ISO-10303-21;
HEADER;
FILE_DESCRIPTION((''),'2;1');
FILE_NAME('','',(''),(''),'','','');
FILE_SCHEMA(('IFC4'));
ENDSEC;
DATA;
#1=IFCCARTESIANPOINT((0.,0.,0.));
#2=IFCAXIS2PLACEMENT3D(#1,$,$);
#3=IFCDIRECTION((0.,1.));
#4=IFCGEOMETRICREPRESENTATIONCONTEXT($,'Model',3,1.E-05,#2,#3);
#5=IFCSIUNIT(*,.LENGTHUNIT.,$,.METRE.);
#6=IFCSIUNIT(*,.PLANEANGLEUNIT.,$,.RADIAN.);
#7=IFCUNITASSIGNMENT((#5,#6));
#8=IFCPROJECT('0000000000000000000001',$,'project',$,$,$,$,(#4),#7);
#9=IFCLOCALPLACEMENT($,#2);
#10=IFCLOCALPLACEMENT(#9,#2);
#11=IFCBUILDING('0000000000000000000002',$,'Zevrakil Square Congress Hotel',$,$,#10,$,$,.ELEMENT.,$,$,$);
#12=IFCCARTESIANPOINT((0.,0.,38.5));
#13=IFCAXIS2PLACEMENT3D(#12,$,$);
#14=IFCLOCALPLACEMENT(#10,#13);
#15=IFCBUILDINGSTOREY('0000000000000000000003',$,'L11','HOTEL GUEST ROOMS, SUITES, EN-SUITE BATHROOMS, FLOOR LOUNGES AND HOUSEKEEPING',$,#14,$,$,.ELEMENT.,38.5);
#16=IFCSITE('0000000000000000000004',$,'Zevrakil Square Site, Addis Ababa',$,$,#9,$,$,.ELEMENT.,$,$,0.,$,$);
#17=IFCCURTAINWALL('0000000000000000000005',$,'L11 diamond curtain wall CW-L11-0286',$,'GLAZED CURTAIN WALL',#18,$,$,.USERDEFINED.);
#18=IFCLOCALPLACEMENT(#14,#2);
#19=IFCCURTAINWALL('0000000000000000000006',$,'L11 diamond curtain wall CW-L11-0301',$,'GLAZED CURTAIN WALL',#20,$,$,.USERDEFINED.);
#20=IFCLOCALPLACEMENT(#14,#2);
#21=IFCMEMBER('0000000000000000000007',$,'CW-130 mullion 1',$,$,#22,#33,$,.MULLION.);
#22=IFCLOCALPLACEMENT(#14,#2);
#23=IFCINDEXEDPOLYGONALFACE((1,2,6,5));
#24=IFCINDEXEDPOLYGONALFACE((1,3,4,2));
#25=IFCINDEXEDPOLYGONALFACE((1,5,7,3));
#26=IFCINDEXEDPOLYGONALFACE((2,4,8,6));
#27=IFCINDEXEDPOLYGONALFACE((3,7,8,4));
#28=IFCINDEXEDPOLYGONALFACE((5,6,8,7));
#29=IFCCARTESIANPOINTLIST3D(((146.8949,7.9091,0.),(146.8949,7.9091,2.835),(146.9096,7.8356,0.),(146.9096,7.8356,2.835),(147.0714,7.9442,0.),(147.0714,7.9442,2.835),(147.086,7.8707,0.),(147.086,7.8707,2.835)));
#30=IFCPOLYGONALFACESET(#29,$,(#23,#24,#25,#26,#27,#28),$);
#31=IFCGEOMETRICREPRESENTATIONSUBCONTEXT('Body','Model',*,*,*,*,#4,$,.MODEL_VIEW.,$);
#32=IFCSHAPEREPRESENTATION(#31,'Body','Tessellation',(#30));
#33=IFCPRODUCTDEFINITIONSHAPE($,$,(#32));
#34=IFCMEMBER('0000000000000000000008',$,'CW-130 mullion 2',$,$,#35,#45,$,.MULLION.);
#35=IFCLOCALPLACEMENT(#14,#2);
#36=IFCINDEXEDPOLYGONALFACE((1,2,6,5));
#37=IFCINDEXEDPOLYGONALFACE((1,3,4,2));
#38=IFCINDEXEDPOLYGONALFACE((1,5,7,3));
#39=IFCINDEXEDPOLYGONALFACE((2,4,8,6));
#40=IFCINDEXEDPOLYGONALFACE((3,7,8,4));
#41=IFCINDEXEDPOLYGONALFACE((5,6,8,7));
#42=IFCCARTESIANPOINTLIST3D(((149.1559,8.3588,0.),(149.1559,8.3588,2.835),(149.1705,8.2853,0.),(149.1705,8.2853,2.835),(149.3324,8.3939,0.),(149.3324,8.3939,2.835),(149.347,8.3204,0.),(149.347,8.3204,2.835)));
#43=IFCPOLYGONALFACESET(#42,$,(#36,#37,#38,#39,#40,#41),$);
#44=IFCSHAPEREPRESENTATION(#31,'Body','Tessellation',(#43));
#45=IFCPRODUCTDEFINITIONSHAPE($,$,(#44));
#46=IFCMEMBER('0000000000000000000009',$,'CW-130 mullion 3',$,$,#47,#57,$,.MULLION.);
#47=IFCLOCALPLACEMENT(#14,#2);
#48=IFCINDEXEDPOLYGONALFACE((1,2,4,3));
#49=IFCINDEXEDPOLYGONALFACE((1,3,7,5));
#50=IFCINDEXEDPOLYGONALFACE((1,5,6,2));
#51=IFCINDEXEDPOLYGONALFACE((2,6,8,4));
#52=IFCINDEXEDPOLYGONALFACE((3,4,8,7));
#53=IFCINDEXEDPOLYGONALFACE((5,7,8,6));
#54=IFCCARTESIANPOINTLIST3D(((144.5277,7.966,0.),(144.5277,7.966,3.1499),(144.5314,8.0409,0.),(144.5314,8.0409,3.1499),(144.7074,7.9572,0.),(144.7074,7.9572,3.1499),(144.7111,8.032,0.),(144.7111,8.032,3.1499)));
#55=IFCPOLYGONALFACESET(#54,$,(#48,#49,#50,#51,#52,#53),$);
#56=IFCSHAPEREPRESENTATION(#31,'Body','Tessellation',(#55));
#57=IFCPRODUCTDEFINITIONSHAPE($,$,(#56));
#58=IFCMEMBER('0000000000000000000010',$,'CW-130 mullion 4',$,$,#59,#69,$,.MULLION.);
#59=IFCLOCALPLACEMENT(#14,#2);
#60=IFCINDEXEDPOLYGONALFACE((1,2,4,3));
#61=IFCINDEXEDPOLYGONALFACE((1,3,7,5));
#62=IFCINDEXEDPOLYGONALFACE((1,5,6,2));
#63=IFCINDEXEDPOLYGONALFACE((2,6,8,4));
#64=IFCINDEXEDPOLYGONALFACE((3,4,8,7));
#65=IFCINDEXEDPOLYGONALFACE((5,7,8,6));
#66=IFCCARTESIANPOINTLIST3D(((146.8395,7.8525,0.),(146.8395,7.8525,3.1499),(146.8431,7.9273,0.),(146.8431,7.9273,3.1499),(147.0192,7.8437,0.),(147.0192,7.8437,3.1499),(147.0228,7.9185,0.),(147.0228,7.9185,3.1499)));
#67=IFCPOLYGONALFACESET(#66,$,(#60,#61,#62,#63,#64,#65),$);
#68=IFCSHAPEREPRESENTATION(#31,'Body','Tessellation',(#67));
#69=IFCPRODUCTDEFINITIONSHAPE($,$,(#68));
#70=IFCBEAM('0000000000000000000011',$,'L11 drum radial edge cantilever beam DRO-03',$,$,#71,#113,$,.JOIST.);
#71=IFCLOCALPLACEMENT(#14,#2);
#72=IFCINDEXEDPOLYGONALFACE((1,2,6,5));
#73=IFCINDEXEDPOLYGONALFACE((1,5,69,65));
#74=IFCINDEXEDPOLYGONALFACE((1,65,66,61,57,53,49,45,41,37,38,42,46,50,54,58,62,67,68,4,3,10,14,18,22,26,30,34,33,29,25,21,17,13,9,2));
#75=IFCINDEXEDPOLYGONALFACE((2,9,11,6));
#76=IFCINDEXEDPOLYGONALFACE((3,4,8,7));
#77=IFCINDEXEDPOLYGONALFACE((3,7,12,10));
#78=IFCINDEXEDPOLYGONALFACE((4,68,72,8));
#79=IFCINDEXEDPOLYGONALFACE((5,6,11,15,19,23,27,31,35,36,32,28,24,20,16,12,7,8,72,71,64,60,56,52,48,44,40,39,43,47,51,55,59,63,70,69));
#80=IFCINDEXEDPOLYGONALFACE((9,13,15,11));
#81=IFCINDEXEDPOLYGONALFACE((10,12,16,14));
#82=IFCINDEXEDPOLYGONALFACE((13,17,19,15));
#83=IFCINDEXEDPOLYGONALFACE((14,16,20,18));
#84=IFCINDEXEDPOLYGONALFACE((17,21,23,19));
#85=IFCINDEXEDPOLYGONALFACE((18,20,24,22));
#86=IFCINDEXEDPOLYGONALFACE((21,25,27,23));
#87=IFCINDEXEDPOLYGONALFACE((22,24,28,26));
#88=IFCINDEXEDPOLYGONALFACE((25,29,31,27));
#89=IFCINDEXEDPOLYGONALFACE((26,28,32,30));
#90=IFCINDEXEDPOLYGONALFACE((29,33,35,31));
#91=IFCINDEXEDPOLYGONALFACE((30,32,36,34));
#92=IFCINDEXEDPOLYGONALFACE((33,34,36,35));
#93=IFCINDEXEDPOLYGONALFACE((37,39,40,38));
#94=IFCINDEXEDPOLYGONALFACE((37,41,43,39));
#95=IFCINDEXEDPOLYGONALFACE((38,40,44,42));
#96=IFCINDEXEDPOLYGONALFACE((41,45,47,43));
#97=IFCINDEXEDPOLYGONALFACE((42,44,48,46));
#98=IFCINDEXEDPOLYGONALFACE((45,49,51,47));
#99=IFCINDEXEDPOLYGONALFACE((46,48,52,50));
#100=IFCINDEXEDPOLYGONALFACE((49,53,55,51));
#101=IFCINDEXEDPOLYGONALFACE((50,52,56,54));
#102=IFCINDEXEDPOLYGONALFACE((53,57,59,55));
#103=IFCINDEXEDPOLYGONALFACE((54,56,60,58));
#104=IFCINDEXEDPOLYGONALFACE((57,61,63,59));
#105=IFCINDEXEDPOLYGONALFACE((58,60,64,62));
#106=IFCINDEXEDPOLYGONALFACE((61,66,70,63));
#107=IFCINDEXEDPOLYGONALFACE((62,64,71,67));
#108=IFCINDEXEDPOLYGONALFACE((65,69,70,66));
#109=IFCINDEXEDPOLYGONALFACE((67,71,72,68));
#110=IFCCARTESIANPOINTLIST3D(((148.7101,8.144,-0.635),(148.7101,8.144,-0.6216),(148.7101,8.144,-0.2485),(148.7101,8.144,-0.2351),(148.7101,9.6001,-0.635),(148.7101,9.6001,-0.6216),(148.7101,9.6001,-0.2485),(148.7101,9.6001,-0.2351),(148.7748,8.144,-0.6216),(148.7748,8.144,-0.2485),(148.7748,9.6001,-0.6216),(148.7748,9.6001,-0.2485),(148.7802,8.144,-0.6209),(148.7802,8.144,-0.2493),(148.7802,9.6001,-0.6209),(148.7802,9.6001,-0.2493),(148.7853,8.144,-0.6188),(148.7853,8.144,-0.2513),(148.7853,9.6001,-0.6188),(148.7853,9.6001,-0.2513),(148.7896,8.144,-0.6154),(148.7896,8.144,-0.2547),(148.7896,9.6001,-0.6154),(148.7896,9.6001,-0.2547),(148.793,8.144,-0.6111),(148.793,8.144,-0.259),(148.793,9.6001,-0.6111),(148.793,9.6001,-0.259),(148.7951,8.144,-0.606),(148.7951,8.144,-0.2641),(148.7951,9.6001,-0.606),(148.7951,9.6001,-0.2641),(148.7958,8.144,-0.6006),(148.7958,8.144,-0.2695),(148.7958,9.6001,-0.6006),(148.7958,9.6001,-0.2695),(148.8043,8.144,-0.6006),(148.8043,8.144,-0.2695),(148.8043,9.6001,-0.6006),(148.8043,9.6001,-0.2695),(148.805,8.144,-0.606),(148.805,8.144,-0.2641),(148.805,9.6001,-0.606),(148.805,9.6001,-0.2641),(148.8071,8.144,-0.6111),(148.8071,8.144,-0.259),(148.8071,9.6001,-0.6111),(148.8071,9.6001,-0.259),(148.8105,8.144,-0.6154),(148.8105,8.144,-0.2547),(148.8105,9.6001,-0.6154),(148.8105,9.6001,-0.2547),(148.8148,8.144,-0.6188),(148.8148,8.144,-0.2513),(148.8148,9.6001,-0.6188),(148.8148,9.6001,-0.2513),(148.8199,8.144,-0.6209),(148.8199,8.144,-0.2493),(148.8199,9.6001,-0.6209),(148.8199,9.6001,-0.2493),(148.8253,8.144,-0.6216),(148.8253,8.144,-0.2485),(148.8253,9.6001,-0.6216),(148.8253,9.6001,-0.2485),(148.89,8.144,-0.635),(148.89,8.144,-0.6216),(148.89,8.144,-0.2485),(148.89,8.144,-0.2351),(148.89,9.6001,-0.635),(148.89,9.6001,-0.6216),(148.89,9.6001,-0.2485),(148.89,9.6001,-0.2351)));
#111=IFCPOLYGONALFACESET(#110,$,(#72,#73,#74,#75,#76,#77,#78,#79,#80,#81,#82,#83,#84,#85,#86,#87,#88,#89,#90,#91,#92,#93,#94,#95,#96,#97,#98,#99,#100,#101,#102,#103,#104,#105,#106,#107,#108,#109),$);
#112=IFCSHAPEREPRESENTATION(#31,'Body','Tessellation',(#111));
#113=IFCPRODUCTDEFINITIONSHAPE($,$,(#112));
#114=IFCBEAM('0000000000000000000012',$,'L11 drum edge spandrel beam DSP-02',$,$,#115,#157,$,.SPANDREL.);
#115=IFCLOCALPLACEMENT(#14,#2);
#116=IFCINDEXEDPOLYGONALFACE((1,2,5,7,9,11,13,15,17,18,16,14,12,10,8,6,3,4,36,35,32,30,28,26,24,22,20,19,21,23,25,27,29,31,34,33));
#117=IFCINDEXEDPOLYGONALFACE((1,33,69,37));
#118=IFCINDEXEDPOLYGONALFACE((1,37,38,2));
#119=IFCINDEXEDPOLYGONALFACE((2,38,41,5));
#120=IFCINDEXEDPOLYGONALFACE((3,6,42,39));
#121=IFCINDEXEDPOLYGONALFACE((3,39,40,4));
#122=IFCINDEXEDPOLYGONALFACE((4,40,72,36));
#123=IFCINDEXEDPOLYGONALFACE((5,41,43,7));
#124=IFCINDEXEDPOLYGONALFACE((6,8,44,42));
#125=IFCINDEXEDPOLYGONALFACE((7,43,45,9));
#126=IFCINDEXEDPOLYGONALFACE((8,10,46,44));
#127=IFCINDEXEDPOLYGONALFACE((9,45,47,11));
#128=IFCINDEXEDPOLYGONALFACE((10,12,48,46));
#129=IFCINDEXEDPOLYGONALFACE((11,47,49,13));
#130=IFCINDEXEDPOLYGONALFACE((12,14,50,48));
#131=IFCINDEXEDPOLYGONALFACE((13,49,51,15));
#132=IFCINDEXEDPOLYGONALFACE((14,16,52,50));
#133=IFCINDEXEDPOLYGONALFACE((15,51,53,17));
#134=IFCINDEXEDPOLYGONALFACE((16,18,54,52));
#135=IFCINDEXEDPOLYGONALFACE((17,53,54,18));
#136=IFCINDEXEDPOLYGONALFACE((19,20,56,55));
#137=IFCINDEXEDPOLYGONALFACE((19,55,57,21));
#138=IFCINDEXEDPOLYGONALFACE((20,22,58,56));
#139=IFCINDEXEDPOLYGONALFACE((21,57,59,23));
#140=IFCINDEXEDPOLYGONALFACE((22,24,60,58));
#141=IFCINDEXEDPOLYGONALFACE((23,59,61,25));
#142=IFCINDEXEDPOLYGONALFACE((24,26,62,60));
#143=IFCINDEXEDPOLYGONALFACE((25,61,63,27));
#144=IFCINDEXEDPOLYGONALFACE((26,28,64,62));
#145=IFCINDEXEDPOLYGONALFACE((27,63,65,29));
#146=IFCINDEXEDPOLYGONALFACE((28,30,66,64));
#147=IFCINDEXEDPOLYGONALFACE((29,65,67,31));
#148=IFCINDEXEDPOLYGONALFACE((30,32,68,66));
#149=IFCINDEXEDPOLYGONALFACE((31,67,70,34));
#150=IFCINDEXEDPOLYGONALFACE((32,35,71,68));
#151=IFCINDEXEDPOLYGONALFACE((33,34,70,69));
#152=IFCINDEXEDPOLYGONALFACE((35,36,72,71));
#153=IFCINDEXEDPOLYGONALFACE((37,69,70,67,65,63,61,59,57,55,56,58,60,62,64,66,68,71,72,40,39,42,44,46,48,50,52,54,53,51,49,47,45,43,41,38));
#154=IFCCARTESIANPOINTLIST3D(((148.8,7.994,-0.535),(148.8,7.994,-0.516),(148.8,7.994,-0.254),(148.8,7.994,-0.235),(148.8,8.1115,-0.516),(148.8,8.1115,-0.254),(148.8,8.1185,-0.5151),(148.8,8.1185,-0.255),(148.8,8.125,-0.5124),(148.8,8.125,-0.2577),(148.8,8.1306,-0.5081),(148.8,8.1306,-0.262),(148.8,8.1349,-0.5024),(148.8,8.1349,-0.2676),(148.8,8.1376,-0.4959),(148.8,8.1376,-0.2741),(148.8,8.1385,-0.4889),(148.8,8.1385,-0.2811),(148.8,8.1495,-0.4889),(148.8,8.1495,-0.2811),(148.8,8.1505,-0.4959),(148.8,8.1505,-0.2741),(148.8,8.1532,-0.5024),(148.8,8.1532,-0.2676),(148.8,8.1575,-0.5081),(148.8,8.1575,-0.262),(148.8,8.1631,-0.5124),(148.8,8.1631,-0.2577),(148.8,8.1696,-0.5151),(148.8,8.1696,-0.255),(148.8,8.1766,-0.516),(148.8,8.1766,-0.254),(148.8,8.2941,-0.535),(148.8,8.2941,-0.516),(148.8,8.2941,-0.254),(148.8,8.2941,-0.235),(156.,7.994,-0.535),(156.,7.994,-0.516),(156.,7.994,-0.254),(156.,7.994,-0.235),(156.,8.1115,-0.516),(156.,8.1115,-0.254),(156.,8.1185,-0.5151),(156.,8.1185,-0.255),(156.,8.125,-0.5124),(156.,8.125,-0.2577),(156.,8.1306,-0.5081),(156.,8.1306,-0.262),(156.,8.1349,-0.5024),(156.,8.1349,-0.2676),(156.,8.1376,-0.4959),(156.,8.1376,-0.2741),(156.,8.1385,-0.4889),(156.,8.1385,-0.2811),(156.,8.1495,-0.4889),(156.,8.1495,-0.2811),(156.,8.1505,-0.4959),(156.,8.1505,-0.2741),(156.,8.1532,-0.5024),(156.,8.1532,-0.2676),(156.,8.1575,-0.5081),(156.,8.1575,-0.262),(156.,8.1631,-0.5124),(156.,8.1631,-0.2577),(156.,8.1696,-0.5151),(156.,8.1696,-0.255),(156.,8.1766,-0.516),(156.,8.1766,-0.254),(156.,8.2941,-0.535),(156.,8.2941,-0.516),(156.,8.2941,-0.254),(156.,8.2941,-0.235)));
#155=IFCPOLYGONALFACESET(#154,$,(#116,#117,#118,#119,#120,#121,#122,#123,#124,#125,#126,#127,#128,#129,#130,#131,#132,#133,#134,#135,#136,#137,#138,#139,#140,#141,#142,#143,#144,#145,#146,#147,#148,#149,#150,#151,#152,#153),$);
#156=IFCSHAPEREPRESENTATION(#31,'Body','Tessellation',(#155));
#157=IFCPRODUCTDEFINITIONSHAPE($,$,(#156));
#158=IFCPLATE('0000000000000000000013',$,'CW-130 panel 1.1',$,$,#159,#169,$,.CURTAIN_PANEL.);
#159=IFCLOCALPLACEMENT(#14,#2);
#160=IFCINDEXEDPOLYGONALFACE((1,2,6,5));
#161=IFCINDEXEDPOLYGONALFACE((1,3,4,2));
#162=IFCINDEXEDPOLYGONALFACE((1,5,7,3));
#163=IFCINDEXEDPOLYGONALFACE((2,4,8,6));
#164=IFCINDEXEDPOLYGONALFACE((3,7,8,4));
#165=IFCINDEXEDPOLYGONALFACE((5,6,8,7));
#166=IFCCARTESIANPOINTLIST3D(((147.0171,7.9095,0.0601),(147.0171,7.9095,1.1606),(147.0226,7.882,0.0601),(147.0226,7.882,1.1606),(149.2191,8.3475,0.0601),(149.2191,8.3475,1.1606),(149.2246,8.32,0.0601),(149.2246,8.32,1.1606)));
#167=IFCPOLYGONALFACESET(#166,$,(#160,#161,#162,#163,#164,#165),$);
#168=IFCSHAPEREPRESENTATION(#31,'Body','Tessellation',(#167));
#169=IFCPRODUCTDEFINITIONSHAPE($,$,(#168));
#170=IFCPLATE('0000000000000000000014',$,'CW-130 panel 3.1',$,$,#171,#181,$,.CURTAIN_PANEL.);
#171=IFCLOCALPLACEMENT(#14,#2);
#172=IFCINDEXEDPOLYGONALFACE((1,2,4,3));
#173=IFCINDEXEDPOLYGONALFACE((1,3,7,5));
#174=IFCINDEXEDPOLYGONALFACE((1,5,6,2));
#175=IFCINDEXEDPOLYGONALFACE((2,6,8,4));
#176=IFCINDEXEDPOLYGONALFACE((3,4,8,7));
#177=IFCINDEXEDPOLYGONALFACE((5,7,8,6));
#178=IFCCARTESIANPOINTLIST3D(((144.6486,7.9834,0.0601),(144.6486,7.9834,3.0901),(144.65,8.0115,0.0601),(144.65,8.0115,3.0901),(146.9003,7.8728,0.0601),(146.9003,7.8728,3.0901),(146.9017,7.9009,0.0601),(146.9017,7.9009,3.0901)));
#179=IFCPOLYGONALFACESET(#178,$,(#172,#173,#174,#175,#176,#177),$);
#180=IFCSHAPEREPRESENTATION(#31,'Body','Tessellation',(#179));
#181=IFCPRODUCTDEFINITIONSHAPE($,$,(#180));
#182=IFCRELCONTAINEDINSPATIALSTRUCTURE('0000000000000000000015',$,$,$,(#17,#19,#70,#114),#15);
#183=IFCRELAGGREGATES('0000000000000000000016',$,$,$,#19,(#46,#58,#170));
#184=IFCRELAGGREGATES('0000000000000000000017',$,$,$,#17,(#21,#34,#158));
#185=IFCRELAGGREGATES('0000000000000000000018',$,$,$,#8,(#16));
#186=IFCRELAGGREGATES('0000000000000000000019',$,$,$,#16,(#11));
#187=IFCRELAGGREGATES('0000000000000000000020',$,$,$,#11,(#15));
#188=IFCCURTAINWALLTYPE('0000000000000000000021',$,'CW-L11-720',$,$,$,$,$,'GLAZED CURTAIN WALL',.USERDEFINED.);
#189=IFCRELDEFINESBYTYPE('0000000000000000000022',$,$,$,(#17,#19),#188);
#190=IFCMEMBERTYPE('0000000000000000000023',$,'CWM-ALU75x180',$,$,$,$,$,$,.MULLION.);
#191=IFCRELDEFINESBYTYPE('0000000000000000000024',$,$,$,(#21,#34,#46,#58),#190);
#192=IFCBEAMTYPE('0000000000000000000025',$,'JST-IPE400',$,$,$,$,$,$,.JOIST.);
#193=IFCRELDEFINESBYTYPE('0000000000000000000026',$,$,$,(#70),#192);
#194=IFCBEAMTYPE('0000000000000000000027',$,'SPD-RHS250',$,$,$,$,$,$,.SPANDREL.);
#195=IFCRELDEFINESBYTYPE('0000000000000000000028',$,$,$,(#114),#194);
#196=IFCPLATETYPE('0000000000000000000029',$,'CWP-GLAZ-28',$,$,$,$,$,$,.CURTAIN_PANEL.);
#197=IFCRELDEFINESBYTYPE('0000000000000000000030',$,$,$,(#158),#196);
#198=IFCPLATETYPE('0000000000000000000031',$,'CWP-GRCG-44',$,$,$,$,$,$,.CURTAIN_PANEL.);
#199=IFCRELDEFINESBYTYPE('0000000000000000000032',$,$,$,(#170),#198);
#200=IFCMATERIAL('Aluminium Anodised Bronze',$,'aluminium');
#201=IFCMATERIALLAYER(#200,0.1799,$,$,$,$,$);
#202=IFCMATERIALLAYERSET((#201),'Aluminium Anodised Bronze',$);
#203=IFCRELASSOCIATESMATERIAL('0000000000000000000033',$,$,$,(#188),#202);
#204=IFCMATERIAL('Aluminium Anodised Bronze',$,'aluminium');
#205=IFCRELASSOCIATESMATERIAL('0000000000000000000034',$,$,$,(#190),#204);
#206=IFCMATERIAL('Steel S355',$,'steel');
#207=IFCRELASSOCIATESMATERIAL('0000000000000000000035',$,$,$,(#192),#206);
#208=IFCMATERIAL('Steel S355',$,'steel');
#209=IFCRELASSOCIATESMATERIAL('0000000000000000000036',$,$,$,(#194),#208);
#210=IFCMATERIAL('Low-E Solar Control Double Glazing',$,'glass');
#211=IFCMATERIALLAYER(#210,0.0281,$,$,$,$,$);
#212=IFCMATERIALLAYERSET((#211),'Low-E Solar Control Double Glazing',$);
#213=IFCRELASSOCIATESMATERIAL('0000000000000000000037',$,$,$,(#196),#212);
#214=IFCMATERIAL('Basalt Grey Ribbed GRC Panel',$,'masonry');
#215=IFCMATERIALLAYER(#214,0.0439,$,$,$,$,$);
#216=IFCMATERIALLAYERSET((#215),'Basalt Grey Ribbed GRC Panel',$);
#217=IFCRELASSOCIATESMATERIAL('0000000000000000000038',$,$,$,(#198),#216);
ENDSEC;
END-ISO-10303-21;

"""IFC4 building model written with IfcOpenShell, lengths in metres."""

from ifc_helpers import new_model, si_unit, direction, frame, origin, origin_2d, place, context, subcontext, project, spatial, rectangle, i_section, extrude, material, layer, layer_set, material_profile, profile_set, type_object, element, aggregate, save


model = new_model("IFC4")

# Units and contexts
model_context = context("Model", 3, precision=1e-05, world=origin(), true_north=direction((0.0, 1.0)))
body_context = subcontext(model_context, "Body", "Model", "MODEL_VIEW")
ifc_project = project(units=[si_unit("LENGTHUNIT", "METRE"), si_unit("PLANEANGLEUNIT", "RADIAN")], contexts=[model_context])

# Site, building, storey
site_placement = place(None, origin())
site = spatial("IfcSite", under=ifc_project, at=site_placement, Name="Zevrakil Square Site, Addis Ababa", CompositionType="ELEMENT", RefElevation=0.0)
building_placement = place(site_placement, origin())
building = spatial("IfcBuilding", under=site, at=building_placement, Name="Zevrakil Square Congress Hotel", CompositionType="ELEMENT")
storey_placement = place(building_placement, frame((0.0, 0.0, 38.5)))
storey = spatial("IfcBuildingStorey", under=building, at=storey_placement, Name="L11", Description="HOTEL GUEST ROOMS, SUITES, EN-SUITE BATHROOMS, FLOOR LOUNGES AND HOUSEKEEPING", CompositionType="ELEMENT", Elevation=38.5)

# Curtain walls
ifc_material_1 = material(Name="Aluminium Anodised Bronze", Category="aluminium")
ifc_layer_1 = layer(ifc_material_1, 0.1799)
ifc_layer_set_1 = layer_set([ifc_layer_1], Name="Aluminium Anodised Bronze")
curtain_wall_type = type_object("IfcCurtainWallType", Name="CW-L11-720", ElementType="GLAZED CURTAIN WALL", PredefinedType="USERDEFINED", material=ifc_layer_set_1)
curtain_wall_1_placement = place(storey_placement, origin())
curtain_wall_1 = element("IfcCurtainWall", 1, at=curtain_wall_1_placement, inside=storey, type_object=curtain_wall_type, Name="L11 diamond curtain wall CW-L11-0286", ObjectType="GLAZED CURTAIN WALL", PredefinedType="USERDEFINED")
curtain_wall_2_placement = place(storey_placement, origin())
curtain_wall_2 = element("IfcCurtainWall", 2, at=curtain_wall_2_placement, inside=storey, type_object=curtain_wall_type, Name="L11 diamond curtain wall CW-L11-0301", ObjectType="GLAZED CURTAIN WALL", PredefinedType="USERDEFINED")

# Members
ifc_material_2 = material(Name="Aluminium Anodised Bronze", Category="aluminium")
ifc_material_profile_1 = material_profile(ifc_material_2, rectangle(XDim=0.075, YDim=0.1799, at=origin_2d()), Name="ALU 75x180")
ifc_profile_set_1 = profile_set([ifc_material_profile_1], Name="Aluminium Anodised Bronze")
member_type_1 = type_object("IfcMemberType", Name="CWM-ALU75x180", PredefinedType="MULLION", material=ifc_profile_set_1)
member_1_placement = place(storey_placement, frame((146.9905, 7.8899, 0.0), z_axis=(0.0, 0.0, 1.0), x_axis=(-0.195084, 0.980787, 0.0)))
member_1 = element("IfcMember", 3, at=member_1_placement, type_object=member_type_1, Name="CW-130 mullion 1", PredefinedType="MULLION", context=body_context, shape_type="SweptSolid", body=[
    extrude(rectangle(XDim=0.075, YDim=0.1799, at=origin_2d()), origin(), (0.0, 0.0, 1.0), 2.835),
])
member_2_placement = place(storey_placement, frame((149.2515, 8.3396, 0.0), z_axis=(0.0, 0.0, 1.0), x_axis=(-0.195084, 0.980787, 0.0)))
member_2 = element("IfcMember", 4, at=member_2_placement, type_object=member_type_1, Name="CW-130 mullion 2", PredefinedType="MULLION", context=body_context, shape_type="SweptSolid", body=[
    extrude(rectangle(XDim=0.075, YDim=0.1799, at=origin_2d()), origin(), (0.0, 0.0, 1.0), 2.835),
])
member_3_placement = place(storey_placement, frame((144.6194, 7.999, 0.0), z_axis=(0.0, 0.0, 1.0), x_axis=(0.049053, 0.998796, 0.0)))
member_3 = element("IfcMember", 5, at=member_3_placement, type_object=member_type_1, Name="CW-130 mullion 3", PredefinedType="MULLION", context=body_context, shape_type="SweptSolid", body=[
    extrude(rectangle(XDim=0.075, YDim=0.1799, at=origin_2d()), origin(), (0.0, 0.0, 1.0), 3.1499),
])
member_4_placement = place(storey_placement, frame((146.9312, 7.8855, 0.0), z_axis=(0.0, 0.0, 1.0), x_axis=(0.049053, 0.998796, 0.0)))
member_4 = element("IfcMember", 6, at=member_4_placement, type_object=member_type_1, Name="CW-130 mullion 4", PredefinedType="MULLION", context=body_context, shape_type="SweptSolid", body=[
    extrude(rectangle(XDim=0.075, YDim=0.1799, at=origin_2d()), origin(), (0.0, 0.0, 1.0), 3.1499),
])

# Beams
ifc_material_3 = material(Name="Steel S355", Category="steel")
ifc_material_profile_2 = material_profile(ifc_material_3, i_section(OverallWidth=0.1799, OverallDepth=0.3999, WebThickness=0.0085, FlangeThickness=0.0134, FilletRadius=0.021, at=origin_2d()), Name="IPE 400")
ifc_profile_set_2 = profile_set([ifc_material_profile_2], Name="Steel S355")
beam_type_1 = type_object("IfcBeamType", Name="JST-IPE400", PredefinedType="JOIST", material=ifc_profile_set_2)
beam_1_placement = place(storey_placement, frame((148.8, 9.6001, -0.4351), z_axis=(0.0, -1.0, 0.0), x_axis=(1.0, 0.0, 0.0)))
element("IfcBeam", 7, at=beam_1_placement, inside=storey, type_object=beam_type_1, Name="L11 drum radial edge cantilever beam DRO-03", PredefinedType="JOIST", context=body_context, shape_type="SweptSolid", body=[
    extrude(i_section(OverallWidth=0.1799, OverallDepth=0.3999, WebThickness=0.0085, FlangeThickness=0.0134, FilletRadius=0.021, at=origin_2d()), origin(), (0.0, 0.0, 1.0), 1.4561),
])
ifc_material_4 = material(Name="Steel S355", Category="steel")
ifc_material_profile_3 = material_profile(ifc_material_4, i_section(OverallWidth=0.3, OverallDepth=0.3, WebThickness=0.011, FlangeThickness=0.019, FilletRadius=0.0271, at=origin_2d()), Name="HEB 300")
ifc_profile_set_3 = profile_set([ifc_material_profile_3], Name="Steel S355")
beam_type_2 = type_object("IfcBeamType", Name="SPD-RHS250", PredefinedType="SPANDREL", material=ifc_profile_set_3)
beam_2_placement = place(storey_placement, frame((148.8, 8.144, -0.385), z_axis=(1.0, 0.0, 0.0), x_axis=(0.0, 1.0, 0.0)))
element("IfcBeam", 8, at=beam_2_placement, inside=storey, type_object=beam_type_2, Name="L11 drum edge spandrel beam DSP-02", PredefinedType="SPANDREL", context=body_context, shape_type="SweptSolid", body=[
    extrude(i_section(OverallWidth=0.3, OverallDepth=0.3, WebThickness=0.011, FlangeThickness=0.019, FilletRadius=0.0271, at=origin_2d()), origin(), (0.0, 0.0, 1.0), 7.2),
])

# Plates
ifc_material_5 = material(Name="Low-E Solar Control Double Glazing", Category="glass")
ifc_layer_2 = layer(ifc_material_5, 0.0281)
ifc_layer_set_2 = layer_set([ifc_layer_2], Name="Low-E Solar Control Double Glazing")
plate_type_1 = type_object("IfcPlateType", Name="CWP-GLAZ-28", PredefinedType="CURTAIN_PANEL", material=ifc_layer_set_2)
plate_1_placement = place(storey_placement, frame((148.1208, 8.1147, 0.0601), z_axis=(0.0, 0.0, 1.0), x_axis=(0.980787, 0.195084, 0.0)))
plate_1 = element("IfcPlate", 9, at=plate_1_placement, type_object=plate_type_1, Name="CW-130 panel 1.1", PredefinedType="CURTAIN_PANEL", context=body_context, shape_type="SweptSolid", body=[
    extrude(rectangle(XDim=2.2451, YDim=0.0281, at=origin_2d()), origin(), (0.0, 0.0, 1.0), 1.1006),
])
ifc_material_6 = material(Name="Basalt Grey Ribbed GRC Panel", Category="masonry")
ifc_layer_3 = layer(ifc_material_6, 0.0439)
ifc_layer_set_3 = layer_set([ifc_layer_3], Name="Basalt Grey Ribbed GRC Panel")
plate_type_2 = type_object("IfcPlateType", Name="CWP-GRCG-44", PredefinedType="CURTAIN_PANEL", material=ifc_layer_set_3)
plate_2_placement = place(storey_placement, frame((145.7751, 7.9421, 0.0601), z_axis=(0.0, 0.0, 1.0), x_axis=(0.998796, -0.049053, 0.0)))
plate_2 = element("IfcPlate", 10, at=plate_2_placement, type_object=plate_type_2, Name="CW-130 panel 3.1", PredefinedType="CURTAIN_PANEL", context=body_context, shape_type="SweptSolid", body=[
    extrude(rectangle(XDim=2.2544, YDim=0.0281, at=origin_2d()), origin(), (0.0, 0.0, 1.0), 3.03),
])
aggregate(curtain_wall_2, [member_3, member_4, plate_2])
aggregate(curtain_wall_1, [member_1, member_2, plate_1])

save(model, "model.ifc")
